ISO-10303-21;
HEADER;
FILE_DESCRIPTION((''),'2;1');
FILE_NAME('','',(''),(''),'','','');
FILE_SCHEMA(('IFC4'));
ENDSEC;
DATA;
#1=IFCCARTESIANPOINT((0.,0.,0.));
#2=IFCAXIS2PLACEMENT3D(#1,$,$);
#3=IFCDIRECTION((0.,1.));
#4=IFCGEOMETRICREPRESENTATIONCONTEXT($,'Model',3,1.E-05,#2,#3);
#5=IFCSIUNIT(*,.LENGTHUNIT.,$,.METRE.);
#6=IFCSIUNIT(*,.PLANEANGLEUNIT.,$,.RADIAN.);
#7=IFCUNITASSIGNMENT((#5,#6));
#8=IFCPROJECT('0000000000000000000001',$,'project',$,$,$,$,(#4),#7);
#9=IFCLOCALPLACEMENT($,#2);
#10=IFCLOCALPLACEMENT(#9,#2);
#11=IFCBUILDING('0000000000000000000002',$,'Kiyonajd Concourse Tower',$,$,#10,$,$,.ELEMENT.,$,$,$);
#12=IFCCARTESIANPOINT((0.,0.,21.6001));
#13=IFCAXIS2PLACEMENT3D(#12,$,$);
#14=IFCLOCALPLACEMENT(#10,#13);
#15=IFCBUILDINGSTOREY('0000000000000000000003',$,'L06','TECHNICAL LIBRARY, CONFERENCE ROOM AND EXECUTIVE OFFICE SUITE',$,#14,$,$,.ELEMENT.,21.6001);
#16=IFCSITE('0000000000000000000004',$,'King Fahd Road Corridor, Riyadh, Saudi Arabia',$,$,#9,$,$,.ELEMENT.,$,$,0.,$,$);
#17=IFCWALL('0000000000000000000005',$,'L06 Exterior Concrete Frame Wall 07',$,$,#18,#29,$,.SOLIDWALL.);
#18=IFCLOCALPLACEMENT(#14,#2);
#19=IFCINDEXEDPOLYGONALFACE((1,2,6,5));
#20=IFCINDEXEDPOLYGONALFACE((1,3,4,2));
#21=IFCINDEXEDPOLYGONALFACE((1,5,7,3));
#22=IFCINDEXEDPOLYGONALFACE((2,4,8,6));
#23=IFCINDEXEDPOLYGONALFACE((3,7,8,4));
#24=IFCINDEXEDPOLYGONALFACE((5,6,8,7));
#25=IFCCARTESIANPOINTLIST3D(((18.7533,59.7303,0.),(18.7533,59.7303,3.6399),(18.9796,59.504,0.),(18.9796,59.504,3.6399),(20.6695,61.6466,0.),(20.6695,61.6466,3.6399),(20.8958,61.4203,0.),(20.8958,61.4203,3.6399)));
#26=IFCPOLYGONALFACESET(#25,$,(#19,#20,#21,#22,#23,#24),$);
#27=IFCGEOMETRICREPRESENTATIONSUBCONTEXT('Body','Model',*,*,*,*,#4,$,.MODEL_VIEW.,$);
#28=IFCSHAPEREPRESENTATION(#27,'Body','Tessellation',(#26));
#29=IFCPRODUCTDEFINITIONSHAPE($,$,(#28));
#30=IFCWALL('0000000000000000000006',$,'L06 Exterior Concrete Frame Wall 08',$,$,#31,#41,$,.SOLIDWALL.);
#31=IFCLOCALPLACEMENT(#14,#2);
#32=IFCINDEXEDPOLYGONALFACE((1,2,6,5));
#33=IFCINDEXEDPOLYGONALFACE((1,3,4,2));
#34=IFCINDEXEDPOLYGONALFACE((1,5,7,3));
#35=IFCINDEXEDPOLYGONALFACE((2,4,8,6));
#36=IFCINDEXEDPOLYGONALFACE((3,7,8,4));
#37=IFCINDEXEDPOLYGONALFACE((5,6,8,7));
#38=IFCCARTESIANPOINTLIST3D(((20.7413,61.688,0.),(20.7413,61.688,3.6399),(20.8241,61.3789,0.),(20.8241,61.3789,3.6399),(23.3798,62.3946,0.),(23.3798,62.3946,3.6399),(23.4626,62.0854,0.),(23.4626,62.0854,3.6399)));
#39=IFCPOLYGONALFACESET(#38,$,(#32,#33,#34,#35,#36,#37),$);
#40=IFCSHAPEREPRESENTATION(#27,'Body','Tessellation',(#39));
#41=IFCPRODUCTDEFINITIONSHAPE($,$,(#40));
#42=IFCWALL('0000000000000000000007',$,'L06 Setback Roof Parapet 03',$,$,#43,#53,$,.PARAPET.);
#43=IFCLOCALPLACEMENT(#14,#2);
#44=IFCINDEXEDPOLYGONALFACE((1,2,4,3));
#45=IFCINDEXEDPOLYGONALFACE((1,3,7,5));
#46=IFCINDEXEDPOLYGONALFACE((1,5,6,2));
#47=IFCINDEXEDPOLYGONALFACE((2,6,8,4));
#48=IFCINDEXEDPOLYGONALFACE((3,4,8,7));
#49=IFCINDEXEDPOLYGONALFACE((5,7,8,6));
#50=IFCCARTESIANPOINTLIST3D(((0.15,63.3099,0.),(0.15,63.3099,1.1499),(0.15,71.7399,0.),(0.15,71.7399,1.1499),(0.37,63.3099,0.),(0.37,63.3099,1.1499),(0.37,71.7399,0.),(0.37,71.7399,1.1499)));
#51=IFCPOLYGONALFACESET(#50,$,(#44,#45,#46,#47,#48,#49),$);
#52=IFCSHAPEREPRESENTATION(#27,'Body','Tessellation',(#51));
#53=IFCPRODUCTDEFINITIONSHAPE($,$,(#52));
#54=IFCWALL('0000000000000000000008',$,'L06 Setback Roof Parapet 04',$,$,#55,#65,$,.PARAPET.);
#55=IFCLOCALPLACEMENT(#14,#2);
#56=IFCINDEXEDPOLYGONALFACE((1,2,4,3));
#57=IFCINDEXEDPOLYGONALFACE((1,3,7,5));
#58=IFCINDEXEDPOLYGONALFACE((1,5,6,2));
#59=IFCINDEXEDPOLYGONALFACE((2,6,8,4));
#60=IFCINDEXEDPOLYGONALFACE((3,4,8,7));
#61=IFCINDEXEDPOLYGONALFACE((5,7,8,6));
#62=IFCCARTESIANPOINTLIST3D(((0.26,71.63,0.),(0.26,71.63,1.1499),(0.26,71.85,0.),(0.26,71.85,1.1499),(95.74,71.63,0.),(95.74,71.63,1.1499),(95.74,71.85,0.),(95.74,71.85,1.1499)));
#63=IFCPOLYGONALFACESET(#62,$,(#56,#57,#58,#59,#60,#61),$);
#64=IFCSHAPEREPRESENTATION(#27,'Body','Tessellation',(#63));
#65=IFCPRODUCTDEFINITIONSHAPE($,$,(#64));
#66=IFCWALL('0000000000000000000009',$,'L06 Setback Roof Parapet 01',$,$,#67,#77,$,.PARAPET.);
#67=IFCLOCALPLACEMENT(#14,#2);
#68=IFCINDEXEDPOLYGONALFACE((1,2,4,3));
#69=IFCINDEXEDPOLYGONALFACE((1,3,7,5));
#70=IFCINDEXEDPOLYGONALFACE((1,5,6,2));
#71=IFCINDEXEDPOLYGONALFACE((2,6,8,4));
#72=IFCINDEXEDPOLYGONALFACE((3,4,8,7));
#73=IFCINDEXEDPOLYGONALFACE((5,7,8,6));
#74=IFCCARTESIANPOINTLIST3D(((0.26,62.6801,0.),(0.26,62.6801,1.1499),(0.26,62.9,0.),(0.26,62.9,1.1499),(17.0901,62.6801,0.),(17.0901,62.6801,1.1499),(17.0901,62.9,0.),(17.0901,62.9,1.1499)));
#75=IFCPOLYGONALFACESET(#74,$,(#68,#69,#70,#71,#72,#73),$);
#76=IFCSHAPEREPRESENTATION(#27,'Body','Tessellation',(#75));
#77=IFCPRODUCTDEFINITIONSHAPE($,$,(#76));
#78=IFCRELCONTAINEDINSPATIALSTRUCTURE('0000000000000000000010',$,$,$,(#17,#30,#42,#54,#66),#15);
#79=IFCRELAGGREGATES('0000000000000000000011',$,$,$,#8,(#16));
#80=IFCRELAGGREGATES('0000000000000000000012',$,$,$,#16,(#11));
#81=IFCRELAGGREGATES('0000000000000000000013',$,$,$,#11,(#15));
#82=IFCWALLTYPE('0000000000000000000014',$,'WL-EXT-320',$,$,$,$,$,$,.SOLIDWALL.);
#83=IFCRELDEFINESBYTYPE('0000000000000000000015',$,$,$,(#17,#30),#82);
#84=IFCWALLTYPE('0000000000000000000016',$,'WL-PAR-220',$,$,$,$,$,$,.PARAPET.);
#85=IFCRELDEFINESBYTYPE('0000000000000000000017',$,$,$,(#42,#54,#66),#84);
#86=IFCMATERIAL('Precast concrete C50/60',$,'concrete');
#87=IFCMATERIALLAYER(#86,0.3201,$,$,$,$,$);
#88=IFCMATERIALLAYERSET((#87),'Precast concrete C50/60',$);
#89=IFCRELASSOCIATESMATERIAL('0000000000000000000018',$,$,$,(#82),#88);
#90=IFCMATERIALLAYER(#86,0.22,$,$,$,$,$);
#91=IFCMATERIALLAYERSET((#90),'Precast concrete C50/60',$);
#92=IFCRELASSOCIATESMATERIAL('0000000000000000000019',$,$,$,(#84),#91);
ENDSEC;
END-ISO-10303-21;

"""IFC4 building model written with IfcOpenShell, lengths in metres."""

from ifc_helpers import new_model, si_unit, direction, frame, frame_2d, origin, place, context, subcontext, project, spatial, rectangle, extrude, material, layer, layer_set, type_object, element, save


model = new_model("IFC4")

# Units and contexts
model_context = context("Model", 3, precision=1e-05, world=origin(), true_north=direction((0.0, 1.0)))
body_context = subcontext(model_context, "Body", "Model", "MODEL_VIEW")
ifc_project = project(units=[si_unit("LENGTHUNIT", "METRE"), si_unit("PLANEANGLEUNIT", "RADIAN")], contexts=[model_context])

# Site, building, storey
site_placement = place(None, origin())
site = spatial("IfcSite", under=ifc_project, at=site_placement, Name="King Fahd Road Corridor, Riyadh, Saudi Arabia", CompositionType="ELEMENT", RefElevation=0.0)
building_placement = place(site_placement, origin())
building = spatial("IfcBuilding", under=site, at=building_placement, Name="Kiyonajd Concourse Tower", CompositionType="ELEMENT")
storey_placement = place(building_placement, frame((0.0, 0.0, 21.6001)))
storey = spatial("IfcBuildingStorey", under=building, at=storey_placement, Name="L06", Description="TECHNICAL LIBRARY, CONFERENCE ROOM AND EXECUTIVE OFFICE SUITE", CompositionType="ELEMENT", Elevation=21.6001)

# Shared definitions
ifc_material_1 = material(Name="Precast concrete C50/60", Category="concrete")

# Walls
ifc_layer_1 = layer(ifc_material_1, 0.3201)
ifc_layer_set_1 = layer_set([ifc_layer_1], Name="Precast concrete C50/60")
wall_type_1 = type_object("IfcWallType", Name="WL-EXT-320", PredefinedType="SOLIDWALL", material=ifc_layer_set_1)
wall_1_placement = place(storey_placement, frame((18.8665, 59.6172, 0.0), z_axis=(0.0, 0.0, 1.0), x_axis=(0.707107, 0.707107, 0.0)))
element("IfcWall", 1, at=wall_1_placement, inside=storey, type_object=wall_type_1, Name="L06 Exterior Concrete Frame Wall 07", PredefinedType="SOLIDWALL", context=body_context, shape_type="SweptSolid", body=[
    extrude(rectangle(XDim=2.71, YDim=0.3201, at=frame_2d((1.355, 0.0))), origin(), (0.0, 0.0, 1.0), 3.6399),
])
wall_2_placement = place(storey_placement, frame((20.7827, 61.5334, 0.0), z_axis=(0.0, 0.0, 1.0), x_axis=(0.965964, 0.258675, 0.0)))
element("IfcWall", 2, at=wall_2_placement, inside=storey, type_object=wall_type_1, Name="L06 Exterior Concrete Frame Wall 08", PredefinedType="SOLIDWALL", context=body_context, shape_type="SweptSolid", body=[
    extrude(rectangle(XDim=2.7314, YDim=0.3201, at=frame_2d((1.3657, 0.0))), origin(), (0.0, 0.0, 1.0), 3.6399),
])
ifc_layer_2 = layer(ifc_material_1, 0.22)
ifc_layer_set_2 = layer_set([ifc_layer_2], Name="Precast concrete C50/60")
wall_type_2 = type_object("IfcWallType", Name="WL-PAR-220", PredefinedType="PARAPET", material=ifc_layer_set_2)
wall_3_placement = place(storey_placement, frame((0.26, 63.3101, 0.0), z_axis=(0.0, 0.0, 1.0), x_axis=(0.0, 1.0, 0.0)))
element("IfcWall", 3, at=wall_3_placement, inside=storey, type_object=wall_type_2, Name="L06 Setback Roof Parapet 03", PredefinedType="PARAPET", context=body_context, shape_type="SweptSolid", body=[
    extrude(rectangle(XDim=8.4299, YDim=0.22, at=frame_2d((4.2148, 0.0))), origin(), (0.0, 0.0, 1.0), 1.1499),
])
wall_4_placement = place(storey_placement, frame((0.26, 71.74, 0.0), z_axis=(0.0, 0.0, 1.0), x_axis=(1.0, 0.0, 0.0)))
element("IfcWall", 4, at=wall_4_placement, inside=storey, type_object=wall_type_2, Name="L06 Setback Roof Parapet 04", PredefinedType="PARAPET", context=body_context, shape_type="SweptSolid", body=[
    extrude(rectangle(XDim=95.48, YDim=0.22, at=frame_2d((47.74, 0.0))), origin(), (0.0, 0.0, 1.0), 1.1499),
])
wall_5_placement = place(storey_placement, frame((0.26, 62.79, 0.0), z_axis=(0.0, 0.0, 1.0), x_axis=(1.0, 0.0, 0.0)))
element("IfcWall", 5, at=wall_5_placement, inside=storey, type_object=wall_type_2, Name="L06 Setback Roof Parapet 01", PredefinedType="PARAPET", context=body_context, shape_type="SweptSolid", body=[
    extrude(rectangle(XDim=16.8301, YDim=0.22, at=frame_2d((8.415, 0.0))), origin(), (0.0, 0.0, 1.0), 1.1499),
])

save(model, "model.ifc")
